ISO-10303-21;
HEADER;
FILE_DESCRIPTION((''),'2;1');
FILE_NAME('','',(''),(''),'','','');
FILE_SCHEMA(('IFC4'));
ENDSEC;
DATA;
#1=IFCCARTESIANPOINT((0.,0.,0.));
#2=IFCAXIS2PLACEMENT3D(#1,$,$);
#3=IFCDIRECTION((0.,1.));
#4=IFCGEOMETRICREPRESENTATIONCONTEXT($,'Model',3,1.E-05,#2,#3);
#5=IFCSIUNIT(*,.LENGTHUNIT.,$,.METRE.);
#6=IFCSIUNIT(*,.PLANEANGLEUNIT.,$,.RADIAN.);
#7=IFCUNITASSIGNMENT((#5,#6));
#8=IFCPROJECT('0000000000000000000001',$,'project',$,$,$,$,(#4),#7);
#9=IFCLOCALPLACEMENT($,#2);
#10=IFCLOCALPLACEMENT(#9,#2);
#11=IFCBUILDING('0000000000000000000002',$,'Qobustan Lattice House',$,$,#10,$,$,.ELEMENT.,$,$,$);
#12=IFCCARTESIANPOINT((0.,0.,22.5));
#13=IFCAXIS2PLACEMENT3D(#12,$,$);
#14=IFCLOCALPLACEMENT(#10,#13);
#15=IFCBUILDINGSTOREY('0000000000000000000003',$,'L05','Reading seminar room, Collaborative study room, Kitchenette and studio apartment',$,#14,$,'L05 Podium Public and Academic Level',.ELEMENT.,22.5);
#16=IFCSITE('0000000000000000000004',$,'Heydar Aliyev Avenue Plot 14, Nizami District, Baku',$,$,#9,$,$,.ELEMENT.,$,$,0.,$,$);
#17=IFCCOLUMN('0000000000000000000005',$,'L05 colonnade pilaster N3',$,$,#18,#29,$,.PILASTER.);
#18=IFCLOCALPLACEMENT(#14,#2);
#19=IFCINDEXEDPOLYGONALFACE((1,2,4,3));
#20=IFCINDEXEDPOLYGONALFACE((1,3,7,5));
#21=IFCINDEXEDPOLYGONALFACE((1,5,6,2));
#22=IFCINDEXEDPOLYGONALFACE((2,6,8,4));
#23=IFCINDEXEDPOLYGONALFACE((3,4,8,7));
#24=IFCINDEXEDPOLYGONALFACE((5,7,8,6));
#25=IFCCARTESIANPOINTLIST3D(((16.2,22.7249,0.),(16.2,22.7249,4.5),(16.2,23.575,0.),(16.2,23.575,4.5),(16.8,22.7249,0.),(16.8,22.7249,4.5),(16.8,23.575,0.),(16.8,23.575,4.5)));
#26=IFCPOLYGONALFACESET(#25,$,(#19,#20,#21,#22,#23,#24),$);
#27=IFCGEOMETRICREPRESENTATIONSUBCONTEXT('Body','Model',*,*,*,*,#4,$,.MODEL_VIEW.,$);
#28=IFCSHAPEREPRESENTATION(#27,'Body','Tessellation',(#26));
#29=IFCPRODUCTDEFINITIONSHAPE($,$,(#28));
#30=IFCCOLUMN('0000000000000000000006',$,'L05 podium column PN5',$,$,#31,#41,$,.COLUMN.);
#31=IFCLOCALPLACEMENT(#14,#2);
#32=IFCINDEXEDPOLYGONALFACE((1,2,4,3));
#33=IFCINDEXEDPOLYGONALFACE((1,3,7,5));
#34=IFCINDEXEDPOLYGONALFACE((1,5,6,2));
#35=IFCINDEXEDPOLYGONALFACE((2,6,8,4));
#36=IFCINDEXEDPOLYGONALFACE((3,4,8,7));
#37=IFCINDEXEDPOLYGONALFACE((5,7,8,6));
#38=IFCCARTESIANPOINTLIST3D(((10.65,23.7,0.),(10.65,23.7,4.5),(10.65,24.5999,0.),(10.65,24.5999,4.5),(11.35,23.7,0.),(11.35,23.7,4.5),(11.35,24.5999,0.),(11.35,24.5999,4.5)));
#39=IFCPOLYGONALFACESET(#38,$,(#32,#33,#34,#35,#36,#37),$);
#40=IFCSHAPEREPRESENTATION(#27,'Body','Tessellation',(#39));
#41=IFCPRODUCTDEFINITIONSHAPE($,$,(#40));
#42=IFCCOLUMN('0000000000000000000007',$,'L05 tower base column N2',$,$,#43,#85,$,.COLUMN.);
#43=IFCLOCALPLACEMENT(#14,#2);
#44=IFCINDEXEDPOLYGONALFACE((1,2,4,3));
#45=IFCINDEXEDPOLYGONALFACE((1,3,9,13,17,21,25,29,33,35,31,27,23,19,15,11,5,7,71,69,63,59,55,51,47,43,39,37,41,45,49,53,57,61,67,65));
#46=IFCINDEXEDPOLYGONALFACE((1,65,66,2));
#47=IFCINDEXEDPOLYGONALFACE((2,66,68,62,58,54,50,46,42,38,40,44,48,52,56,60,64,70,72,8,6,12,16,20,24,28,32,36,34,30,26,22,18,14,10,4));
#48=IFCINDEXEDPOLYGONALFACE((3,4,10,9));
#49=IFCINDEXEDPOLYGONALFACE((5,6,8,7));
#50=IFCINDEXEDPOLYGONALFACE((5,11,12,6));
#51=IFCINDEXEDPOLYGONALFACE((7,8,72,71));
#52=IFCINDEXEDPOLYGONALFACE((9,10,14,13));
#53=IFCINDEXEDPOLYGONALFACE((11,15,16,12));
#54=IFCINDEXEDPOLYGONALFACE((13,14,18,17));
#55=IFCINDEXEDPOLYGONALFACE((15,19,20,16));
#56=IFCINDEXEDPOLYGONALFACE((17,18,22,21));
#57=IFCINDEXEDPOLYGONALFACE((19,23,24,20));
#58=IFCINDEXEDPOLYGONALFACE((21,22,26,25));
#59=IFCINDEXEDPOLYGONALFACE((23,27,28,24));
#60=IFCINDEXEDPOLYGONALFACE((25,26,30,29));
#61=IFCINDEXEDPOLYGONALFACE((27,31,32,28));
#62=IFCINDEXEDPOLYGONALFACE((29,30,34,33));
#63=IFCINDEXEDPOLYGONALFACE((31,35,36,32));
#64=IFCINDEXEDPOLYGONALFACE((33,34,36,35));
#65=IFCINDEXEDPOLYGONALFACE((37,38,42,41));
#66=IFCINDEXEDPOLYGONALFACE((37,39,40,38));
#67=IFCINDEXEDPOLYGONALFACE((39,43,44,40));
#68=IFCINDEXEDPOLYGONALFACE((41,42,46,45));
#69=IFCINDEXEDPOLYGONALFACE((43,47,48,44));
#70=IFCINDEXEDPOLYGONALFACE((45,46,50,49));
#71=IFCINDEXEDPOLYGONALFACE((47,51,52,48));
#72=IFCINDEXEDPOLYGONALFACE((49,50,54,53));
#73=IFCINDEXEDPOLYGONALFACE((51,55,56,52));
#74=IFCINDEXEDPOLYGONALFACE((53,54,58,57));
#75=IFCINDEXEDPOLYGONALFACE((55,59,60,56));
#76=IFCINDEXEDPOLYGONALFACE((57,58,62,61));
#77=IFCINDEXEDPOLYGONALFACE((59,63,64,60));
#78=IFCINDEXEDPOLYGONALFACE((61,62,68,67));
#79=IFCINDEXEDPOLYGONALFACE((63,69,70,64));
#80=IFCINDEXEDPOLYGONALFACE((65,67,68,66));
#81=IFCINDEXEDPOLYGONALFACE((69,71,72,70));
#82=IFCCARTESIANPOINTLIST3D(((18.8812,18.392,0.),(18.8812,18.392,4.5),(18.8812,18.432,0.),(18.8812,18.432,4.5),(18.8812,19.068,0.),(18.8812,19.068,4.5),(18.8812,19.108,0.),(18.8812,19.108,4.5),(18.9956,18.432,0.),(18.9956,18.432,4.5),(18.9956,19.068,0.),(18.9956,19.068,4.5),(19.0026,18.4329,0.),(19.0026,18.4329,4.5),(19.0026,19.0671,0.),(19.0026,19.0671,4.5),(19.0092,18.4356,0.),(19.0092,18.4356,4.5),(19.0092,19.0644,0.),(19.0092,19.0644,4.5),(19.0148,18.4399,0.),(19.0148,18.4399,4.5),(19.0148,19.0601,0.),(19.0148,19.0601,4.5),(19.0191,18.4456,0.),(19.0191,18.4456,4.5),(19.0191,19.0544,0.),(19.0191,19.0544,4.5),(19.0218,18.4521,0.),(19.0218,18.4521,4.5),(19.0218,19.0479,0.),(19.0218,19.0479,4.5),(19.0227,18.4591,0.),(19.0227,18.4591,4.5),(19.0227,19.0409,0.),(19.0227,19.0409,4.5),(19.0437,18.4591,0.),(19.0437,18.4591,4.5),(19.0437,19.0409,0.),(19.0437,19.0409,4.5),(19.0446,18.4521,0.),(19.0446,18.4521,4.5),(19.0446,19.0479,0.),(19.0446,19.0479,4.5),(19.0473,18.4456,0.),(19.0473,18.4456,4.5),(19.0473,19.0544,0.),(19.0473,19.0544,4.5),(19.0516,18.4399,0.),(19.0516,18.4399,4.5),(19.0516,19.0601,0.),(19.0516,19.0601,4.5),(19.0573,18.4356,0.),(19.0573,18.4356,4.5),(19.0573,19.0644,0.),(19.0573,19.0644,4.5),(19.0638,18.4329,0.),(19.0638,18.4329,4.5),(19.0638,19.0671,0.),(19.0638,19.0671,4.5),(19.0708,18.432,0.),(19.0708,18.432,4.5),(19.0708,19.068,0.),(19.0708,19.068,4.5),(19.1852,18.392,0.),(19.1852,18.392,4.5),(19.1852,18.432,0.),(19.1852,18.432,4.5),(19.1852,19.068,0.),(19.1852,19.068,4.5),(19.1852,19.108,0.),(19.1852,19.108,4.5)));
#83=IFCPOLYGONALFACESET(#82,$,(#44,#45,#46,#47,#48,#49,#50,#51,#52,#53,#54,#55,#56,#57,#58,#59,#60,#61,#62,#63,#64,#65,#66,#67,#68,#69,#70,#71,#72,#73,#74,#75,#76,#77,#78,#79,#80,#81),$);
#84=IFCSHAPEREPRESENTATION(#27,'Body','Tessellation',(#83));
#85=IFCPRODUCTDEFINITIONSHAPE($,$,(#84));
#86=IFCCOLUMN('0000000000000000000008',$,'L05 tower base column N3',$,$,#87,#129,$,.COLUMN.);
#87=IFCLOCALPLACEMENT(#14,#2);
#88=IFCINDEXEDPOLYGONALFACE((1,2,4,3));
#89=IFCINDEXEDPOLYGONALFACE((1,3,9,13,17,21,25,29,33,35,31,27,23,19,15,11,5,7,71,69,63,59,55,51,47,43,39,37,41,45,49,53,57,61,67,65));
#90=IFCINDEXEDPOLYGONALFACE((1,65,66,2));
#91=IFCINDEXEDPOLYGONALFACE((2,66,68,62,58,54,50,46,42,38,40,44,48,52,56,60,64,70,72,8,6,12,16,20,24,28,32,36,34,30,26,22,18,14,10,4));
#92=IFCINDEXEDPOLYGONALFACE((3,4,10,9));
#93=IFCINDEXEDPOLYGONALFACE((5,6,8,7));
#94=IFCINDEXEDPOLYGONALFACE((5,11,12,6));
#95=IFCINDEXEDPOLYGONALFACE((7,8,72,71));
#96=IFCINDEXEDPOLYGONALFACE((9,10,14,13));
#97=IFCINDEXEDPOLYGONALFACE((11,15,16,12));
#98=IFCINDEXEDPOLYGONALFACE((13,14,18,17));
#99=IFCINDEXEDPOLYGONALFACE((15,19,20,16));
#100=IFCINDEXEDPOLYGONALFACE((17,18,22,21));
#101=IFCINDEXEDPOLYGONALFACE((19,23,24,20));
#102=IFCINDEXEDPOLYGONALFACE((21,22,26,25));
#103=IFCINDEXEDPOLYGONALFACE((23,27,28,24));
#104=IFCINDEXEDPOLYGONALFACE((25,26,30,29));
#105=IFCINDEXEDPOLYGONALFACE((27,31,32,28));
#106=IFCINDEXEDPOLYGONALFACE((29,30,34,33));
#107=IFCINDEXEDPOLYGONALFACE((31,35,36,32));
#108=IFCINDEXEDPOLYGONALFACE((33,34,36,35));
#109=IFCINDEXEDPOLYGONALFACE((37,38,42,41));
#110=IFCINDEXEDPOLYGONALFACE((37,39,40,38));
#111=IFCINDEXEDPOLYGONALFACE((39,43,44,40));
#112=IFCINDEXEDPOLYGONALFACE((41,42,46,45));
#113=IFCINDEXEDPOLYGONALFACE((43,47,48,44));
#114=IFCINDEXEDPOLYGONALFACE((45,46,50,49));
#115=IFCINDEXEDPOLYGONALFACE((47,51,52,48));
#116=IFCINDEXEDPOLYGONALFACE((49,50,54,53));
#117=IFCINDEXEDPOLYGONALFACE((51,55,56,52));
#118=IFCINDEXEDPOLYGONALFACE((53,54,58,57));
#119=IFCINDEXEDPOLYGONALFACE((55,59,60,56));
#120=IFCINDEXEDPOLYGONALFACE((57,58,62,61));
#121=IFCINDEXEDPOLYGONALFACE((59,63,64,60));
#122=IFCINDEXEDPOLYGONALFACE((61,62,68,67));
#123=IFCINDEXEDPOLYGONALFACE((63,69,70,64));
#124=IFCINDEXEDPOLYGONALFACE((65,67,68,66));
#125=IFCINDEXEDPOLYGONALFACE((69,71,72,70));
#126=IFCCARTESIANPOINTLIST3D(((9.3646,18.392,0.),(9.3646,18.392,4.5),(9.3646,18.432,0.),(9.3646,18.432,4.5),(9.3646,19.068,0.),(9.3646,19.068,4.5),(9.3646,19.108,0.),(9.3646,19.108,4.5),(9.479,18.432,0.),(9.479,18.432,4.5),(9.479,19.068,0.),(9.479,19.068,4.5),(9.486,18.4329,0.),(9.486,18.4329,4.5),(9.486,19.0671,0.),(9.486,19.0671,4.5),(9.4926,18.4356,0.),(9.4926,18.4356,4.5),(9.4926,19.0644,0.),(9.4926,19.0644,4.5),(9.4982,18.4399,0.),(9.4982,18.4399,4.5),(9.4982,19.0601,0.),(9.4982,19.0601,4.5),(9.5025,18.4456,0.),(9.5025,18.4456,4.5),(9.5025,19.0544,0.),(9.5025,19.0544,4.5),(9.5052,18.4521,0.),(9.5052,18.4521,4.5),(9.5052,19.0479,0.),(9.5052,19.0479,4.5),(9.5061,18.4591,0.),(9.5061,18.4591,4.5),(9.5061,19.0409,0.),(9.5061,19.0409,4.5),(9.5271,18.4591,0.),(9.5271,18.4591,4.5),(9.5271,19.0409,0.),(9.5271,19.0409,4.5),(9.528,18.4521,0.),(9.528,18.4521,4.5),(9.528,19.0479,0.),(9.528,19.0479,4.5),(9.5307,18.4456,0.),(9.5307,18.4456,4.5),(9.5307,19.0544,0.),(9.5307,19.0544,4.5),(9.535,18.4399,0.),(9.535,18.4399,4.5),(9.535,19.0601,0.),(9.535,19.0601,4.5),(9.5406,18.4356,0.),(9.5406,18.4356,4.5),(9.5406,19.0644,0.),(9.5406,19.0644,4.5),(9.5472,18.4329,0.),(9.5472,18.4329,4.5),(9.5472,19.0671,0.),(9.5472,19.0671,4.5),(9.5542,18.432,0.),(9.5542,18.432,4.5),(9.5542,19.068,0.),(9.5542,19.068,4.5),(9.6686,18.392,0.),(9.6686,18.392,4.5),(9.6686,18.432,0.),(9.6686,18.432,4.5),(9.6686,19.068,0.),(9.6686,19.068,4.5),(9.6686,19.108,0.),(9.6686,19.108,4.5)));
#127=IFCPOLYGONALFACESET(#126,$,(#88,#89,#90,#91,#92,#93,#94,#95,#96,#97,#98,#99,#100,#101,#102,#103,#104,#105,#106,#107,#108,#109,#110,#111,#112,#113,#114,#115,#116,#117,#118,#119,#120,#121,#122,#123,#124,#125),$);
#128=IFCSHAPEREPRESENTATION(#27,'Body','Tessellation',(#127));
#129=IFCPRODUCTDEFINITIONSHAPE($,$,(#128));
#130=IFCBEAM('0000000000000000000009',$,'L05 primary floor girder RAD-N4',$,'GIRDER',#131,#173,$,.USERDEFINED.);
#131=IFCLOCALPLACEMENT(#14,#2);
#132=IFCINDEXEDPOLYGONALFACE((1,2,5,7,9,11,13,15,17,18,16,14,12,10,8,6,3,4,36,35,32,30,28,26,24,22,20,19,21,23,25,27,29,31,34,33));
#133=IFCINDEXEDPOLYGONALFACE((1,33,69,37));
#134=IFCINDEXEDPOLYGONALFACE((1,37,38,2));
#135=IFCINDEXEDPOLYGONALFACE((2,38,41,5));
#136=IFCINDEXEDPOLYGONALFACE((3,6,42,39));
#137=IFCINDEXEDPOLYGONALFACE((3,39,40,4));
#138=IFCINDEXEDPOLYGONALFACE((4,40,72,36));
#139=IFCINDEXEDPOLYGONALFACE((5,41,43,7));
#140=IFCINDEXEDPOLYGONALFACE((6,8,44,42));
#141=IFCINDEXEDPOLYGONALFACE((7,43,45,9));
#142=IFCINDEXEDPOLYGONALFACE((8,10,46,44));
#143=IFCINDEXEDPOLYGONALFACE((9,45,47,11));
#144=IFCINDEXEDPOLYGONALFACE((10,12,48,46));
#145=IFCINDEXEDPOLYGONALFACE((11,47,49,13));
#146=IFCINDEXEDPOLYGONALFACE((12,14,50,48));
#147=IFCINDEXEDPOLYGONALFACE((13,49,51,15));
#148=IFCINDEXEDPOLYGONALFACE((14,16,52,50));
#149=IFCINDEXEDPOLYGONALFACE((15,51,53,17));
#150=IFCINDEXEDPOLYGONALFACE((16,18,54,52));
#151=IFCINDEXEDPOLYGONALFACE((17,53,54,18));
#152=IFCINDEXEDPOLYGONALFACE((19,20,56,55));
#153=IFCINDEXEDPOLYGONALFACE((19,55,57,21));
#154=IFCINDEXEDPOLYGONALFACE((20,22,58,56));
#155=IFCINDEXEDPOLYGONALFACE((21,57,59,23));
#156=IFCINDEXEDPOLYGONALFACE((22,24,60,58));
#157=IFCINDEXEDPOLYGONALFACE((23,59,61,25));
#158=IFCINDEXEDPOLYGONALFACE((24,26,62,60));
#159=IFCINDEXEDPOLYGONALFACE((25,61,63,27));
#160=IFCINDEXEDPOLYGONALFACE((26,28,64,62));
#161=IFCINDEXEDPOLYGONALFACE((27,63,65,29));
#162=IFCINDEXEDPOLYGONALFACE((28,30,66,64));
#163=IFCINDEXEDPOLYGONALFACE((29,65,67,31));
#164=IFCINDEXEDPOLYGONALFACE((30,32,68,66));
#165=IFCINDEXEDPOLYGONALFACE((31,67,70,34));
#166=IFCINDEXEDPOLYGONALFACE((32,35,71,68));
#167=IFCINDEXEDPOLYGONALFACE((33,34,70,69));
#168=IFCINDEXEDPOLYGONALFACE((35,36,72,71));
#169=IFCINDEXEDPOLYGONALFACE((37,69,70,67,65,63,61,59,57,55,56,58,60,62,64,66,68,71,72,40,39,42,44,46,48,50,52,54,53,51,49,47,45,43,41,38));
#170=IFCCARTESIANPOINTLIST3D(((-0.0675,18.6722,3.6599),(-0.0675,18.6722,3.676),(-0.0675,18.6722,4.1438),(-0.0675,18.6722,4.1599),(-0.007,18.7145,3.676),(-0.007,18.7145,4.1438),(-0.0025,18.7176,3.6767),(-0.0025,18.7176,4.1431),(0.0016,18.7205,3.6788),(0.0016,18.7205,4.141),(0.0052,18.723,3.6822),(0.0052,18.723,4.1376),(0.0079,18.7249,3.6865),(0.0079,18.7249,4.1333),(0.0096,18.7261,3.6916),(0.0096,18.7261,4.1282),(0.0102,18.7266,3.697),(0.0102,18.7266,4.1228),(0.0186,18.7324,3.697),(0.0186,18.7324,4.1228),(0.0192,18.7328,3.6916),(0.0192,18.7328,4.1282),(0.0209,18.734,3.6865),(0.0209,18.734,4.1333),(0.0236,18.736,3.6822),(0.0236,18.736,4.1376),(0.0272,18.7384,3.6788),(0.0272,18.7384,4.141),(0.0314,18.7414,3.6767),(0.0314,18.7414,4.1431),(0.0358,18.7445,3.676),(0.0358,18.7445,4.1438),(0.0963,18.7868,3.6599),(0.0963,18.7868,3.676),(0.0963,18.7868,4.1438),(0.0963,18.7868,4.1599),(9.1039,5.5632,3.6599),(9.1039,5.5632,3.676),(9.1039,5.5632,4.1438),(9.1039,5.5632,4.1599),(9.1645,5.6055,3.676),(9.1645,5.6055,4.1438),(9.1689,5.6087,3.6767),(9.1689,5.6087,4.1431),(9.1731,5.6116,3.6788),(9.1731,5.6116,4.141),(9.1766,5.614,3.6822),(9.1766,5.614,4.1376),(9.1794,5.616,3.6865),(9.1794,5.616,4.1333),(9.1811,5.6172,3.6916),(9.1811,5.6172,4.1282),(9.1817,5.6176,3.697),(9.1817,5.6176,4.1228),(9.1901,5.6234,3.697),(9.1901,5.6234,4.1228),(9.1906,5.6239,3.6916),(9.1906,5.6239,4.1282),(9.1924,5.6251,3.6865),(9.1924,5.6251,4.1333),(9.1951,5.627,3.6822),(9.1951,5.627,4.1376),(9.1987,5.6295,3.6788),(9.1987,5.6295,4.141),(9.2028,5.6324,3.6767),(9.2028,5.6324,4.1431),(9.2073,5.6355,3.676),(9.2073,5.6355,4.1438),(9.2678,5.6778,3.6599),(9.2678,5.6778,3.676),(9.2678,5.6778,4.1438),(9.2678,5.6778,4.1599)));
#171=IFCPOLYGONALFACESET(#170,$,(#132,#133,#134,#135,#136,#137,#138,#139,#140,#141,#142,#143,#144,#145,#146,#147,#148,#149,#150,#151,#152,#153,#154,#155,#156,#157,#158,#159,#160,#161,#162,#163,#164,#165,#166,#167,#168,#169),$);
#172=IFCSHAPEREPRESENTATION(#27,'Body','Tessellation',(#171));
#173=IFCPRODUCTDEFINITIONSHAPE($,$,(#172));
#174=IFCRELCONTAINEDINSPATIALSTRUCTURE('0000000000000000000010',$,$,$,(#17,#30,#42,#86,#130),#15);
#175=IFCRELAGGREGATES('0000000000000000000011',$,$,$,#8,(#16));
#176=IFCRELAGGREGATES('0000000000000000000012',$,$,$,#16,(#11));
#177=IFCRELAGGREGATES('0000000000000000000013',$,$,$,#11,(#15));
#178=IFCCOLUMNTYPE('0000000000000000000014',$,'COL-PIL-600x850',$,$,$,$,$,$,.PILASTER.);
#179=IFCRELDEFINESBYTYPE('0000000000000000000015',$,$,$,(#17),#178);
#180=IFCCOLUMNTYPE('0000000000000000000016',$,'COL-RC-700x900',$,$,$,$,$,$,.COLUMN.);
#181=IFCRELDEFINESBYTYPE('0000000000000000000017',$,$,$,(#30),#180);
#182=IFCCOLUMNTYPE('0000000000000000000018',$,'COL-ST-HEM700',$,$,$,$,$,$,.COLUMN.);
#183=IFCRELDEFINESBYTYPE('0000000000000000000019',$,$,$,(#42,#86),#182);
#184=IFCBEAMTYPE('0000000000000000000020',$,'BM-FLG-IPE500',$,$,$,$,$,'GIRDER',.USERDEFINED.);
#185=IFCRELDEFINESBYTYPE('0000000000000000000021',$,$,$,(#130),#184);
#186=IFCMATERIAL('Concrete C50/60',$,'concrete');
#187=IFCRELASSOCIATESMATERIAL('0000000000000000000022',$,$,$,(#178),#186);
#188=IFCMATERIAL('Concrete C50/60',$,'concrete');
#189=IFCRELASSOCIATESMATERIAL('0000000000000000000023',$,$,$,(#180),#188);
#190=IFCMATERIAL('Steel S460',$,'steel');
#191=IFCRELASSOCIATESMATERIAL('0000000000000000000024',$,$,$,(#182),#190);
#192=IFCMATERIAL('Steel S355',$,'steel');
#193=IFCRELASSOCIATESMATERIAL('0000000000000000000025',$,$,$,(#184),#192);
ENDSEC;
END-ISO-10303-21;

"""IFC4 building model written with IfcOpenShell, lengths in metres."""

from ifc_helpers import new_model, si_unit, direction, frame, origin, origin_2d, place, context, subcontext, project, spatial, rectangle, i_section, extrude, material, material_profile, profile_set, type_object, element, save


model = new_model("IFC4")

# Units and contexts
model_context = context("Model", 3, precision=1e-05, world=origin(), true_north=direction((0.0, 1.0)))
body_context = subcontext(model_context, "Body", "Model", "MODEL_VIEW")
ifc_project = project(units=[si_unit("LENGTHUNIT", "METRE"), si_unit("PLANEANGLEUNIT", "RADIAN")], contexts=[model_context])

# Site, building, storey
site_placement = place(None, origin())
site = spatial("IfcSite", under=ifc_project, at=site_placement, Name="Heydar Aliyev Avenue Plot 14, Nizami District, Baku", CompositionType="ELEMENT", RefElevation=0.0)
building_placement = place(site_placement, origin())
building = spatial("IfcBuilding", under=site, at=building_placement, Name="Qobustan Lattice House", CompositionType="ELEMENT")
storey_placement = place(building_placement, frame((0.0, 0.0, 22.5)))
storey = spatial("IfcBuildingStorey", under=building, at=storey_placement, Name="L05", Description="Reading seminar room, Collaborative study room, Kitchenette and studio apartment", LongName="L05 Podium Public and Academic Level", CompositionType="ELEMENT", Elevation=22.5)

# Columns
ifc_material_1 = material(Name="Concrete C50/60", Category="concrete")
ifc_material_profile_1 = material_profile(ifc_material_1, rectangle(XDim=0.6001, YDim=0.8501, at=origin_2d()), Name="RC600x850")
ifc_profile_set_1 = profile_set([ifc_material_profile_1], Name="Concrete C50/60")
column_type_1 = type_object("IfcColumnType", Name="COL-PIL-600x850", PredefinedType="PILASTER", material=ifc_profile_set_1)
column_1_placement = place(storey_placement, frame((16.5, 23.1499, 0.0), z_axis=(0.0, 0.0, 1.0), x_axis=(1.0, 0.0, 0.0)))
element("IfcColumn", 1, at=column_1_placement, inside=storey, type_object=column_type_1, Name="L05 colonnade pilaster N3", PredefinedType="PILASTER", context=body_context, shape_type="SweptSolid", body=[
    extrude(rectangle(XDim=0.6001, YDim=0.8501, at=origin_2d()), origin(), (0.0, 0.0, 1.0), 4.5),
])
ifc_material_2 = material(Name="Concrete C50/60", Category="concrete")
ifc_material_profile_2 = material_profile(ifc_material_2, rectangle(XDim=0.7, YDim=0.8999, at=origin_2d()), Name="RC700x900")
ifc_profile_set_2 = profile_set([ifc_material_profile_2], Name="Concrete C50/60")
column_type_2 = type_object("IfcColumnType", Name="COL-RC-700x900", PredefinedType="COLUMN", material=ifc_profile_set_2)
column_2_placement = place(storey_placement, frame((11.0, 24.1499, 0.0), z_axis=(0.0, 0.0, 1.0), x_axis=(1.0, 0.0, 0.0)))
element("IfcColumn", 2, at=column_2_placement, inside=storey, type_object=column_type_2, Name="L05 podium column PN5", PredefinedType="COLUMN", context=body_context, shape_type="SweptSolid", body=[
    extrude(rectangle(XDim=0.7, YDim=0.8999, at=origin_2d()), origin(), (0.0, 0.0, 1.0), 4.5),
])
ifc_material_3 = material(Name="Steel S460", Category="steel")
ifc_material_profile_3 = material_profile(ifc_material_3, i_section(OverallWidth=0.304, OverallDepth=0.7161, WebThickness=0.021, FlangeThickness=0.04, FilletRadius=0.0271, at=origin_2d()), Name="HEM700")
ifc_profile_set_3 = profile_set([ifc_material_profile_3], Name="Steel S460")
column_type_3 = type_object("IfcColumnType", Name="COL-ST-HEM700", PredefinedType="COLUMN", material=ifc_profile_set_3)
for number, where, z_axis, x_axis, name in (
    (3, (19.0332, 18.75, 0.0), (0.0, 0.0, 1.0), (1.0, 0.0, 0.0), "L05 tower base column N2"),
    (4, (9.5166, 18.75, 0.0), (0.0, 0.0, 1.0), (1.0, 0.0, 0.0), "L05 tower base column N3"),
):
    element("IfcColumn", number, at=place(storey_placement, frame(where, z_axis=z_axis, x_axis=x_axis)), inside=storey, type_object=column_type_3, Name=name, PredefinedType="COLUMN", context=body_context, shape_type="SweptSolid", body=[
        extrude(i_section(OverallWidth=0.304, OverallDepth=0.7161, WebThickness=0.021, FlangeThickness=0.04, FilletRadius=0.0271, at=origin_2d()), origin(), (0.0, 0.0, 1.0), 4.5),
    ])

# Beam
ifc_material_4 = material(Name="Steel S355", Category="steel")
ifc_material_profile_4 = material_profile(ifc_material_4, i_section(OverallWidth=0.2, OverallDepth=0.5, WebThickness=0.0103, FlangeThickness=0.0161, FilletRadius=0.021, at=origin_2d()), Name="IPE500")
ifc_profile_set_4 = profile_set([ifc_material_profile_4], Name="Steel S355")
beam_type_1 = type_object("IfcBeamType", Name="BM-FLG-IPE500", ElementType="GIRDER", PredefinedType="USERDEFINED", material=ifc_profile_set_4)
beam_1_placement = place(storey_placement, frame((0.0144, 18.7295, 3.9099), z_axis=(0.57326, -0.819374, 0.0), x_axis=(0.819374, 0.57326, 0.0)))
element("IfcBeam", 5, at=beam_1_placement, inside=storey, type_object=beam_type_1, Name="L05 primary floor girder RAD-N4", ObjectType="GIRDER", PredefinedType="USERDEFINED", context=body_context, shape_type="SweptSolid", body=[
    extrude(i_section(OverallWidth=0.2, OverallDepth=0.5, WebThickness=0.0103, FlangeThickness=0.0161, FilletRadius=0.021, at=origin_2d()), origin(), (0.0, 0.0, 1.0), 15.9988),
])

save(model, "model.ifc")
